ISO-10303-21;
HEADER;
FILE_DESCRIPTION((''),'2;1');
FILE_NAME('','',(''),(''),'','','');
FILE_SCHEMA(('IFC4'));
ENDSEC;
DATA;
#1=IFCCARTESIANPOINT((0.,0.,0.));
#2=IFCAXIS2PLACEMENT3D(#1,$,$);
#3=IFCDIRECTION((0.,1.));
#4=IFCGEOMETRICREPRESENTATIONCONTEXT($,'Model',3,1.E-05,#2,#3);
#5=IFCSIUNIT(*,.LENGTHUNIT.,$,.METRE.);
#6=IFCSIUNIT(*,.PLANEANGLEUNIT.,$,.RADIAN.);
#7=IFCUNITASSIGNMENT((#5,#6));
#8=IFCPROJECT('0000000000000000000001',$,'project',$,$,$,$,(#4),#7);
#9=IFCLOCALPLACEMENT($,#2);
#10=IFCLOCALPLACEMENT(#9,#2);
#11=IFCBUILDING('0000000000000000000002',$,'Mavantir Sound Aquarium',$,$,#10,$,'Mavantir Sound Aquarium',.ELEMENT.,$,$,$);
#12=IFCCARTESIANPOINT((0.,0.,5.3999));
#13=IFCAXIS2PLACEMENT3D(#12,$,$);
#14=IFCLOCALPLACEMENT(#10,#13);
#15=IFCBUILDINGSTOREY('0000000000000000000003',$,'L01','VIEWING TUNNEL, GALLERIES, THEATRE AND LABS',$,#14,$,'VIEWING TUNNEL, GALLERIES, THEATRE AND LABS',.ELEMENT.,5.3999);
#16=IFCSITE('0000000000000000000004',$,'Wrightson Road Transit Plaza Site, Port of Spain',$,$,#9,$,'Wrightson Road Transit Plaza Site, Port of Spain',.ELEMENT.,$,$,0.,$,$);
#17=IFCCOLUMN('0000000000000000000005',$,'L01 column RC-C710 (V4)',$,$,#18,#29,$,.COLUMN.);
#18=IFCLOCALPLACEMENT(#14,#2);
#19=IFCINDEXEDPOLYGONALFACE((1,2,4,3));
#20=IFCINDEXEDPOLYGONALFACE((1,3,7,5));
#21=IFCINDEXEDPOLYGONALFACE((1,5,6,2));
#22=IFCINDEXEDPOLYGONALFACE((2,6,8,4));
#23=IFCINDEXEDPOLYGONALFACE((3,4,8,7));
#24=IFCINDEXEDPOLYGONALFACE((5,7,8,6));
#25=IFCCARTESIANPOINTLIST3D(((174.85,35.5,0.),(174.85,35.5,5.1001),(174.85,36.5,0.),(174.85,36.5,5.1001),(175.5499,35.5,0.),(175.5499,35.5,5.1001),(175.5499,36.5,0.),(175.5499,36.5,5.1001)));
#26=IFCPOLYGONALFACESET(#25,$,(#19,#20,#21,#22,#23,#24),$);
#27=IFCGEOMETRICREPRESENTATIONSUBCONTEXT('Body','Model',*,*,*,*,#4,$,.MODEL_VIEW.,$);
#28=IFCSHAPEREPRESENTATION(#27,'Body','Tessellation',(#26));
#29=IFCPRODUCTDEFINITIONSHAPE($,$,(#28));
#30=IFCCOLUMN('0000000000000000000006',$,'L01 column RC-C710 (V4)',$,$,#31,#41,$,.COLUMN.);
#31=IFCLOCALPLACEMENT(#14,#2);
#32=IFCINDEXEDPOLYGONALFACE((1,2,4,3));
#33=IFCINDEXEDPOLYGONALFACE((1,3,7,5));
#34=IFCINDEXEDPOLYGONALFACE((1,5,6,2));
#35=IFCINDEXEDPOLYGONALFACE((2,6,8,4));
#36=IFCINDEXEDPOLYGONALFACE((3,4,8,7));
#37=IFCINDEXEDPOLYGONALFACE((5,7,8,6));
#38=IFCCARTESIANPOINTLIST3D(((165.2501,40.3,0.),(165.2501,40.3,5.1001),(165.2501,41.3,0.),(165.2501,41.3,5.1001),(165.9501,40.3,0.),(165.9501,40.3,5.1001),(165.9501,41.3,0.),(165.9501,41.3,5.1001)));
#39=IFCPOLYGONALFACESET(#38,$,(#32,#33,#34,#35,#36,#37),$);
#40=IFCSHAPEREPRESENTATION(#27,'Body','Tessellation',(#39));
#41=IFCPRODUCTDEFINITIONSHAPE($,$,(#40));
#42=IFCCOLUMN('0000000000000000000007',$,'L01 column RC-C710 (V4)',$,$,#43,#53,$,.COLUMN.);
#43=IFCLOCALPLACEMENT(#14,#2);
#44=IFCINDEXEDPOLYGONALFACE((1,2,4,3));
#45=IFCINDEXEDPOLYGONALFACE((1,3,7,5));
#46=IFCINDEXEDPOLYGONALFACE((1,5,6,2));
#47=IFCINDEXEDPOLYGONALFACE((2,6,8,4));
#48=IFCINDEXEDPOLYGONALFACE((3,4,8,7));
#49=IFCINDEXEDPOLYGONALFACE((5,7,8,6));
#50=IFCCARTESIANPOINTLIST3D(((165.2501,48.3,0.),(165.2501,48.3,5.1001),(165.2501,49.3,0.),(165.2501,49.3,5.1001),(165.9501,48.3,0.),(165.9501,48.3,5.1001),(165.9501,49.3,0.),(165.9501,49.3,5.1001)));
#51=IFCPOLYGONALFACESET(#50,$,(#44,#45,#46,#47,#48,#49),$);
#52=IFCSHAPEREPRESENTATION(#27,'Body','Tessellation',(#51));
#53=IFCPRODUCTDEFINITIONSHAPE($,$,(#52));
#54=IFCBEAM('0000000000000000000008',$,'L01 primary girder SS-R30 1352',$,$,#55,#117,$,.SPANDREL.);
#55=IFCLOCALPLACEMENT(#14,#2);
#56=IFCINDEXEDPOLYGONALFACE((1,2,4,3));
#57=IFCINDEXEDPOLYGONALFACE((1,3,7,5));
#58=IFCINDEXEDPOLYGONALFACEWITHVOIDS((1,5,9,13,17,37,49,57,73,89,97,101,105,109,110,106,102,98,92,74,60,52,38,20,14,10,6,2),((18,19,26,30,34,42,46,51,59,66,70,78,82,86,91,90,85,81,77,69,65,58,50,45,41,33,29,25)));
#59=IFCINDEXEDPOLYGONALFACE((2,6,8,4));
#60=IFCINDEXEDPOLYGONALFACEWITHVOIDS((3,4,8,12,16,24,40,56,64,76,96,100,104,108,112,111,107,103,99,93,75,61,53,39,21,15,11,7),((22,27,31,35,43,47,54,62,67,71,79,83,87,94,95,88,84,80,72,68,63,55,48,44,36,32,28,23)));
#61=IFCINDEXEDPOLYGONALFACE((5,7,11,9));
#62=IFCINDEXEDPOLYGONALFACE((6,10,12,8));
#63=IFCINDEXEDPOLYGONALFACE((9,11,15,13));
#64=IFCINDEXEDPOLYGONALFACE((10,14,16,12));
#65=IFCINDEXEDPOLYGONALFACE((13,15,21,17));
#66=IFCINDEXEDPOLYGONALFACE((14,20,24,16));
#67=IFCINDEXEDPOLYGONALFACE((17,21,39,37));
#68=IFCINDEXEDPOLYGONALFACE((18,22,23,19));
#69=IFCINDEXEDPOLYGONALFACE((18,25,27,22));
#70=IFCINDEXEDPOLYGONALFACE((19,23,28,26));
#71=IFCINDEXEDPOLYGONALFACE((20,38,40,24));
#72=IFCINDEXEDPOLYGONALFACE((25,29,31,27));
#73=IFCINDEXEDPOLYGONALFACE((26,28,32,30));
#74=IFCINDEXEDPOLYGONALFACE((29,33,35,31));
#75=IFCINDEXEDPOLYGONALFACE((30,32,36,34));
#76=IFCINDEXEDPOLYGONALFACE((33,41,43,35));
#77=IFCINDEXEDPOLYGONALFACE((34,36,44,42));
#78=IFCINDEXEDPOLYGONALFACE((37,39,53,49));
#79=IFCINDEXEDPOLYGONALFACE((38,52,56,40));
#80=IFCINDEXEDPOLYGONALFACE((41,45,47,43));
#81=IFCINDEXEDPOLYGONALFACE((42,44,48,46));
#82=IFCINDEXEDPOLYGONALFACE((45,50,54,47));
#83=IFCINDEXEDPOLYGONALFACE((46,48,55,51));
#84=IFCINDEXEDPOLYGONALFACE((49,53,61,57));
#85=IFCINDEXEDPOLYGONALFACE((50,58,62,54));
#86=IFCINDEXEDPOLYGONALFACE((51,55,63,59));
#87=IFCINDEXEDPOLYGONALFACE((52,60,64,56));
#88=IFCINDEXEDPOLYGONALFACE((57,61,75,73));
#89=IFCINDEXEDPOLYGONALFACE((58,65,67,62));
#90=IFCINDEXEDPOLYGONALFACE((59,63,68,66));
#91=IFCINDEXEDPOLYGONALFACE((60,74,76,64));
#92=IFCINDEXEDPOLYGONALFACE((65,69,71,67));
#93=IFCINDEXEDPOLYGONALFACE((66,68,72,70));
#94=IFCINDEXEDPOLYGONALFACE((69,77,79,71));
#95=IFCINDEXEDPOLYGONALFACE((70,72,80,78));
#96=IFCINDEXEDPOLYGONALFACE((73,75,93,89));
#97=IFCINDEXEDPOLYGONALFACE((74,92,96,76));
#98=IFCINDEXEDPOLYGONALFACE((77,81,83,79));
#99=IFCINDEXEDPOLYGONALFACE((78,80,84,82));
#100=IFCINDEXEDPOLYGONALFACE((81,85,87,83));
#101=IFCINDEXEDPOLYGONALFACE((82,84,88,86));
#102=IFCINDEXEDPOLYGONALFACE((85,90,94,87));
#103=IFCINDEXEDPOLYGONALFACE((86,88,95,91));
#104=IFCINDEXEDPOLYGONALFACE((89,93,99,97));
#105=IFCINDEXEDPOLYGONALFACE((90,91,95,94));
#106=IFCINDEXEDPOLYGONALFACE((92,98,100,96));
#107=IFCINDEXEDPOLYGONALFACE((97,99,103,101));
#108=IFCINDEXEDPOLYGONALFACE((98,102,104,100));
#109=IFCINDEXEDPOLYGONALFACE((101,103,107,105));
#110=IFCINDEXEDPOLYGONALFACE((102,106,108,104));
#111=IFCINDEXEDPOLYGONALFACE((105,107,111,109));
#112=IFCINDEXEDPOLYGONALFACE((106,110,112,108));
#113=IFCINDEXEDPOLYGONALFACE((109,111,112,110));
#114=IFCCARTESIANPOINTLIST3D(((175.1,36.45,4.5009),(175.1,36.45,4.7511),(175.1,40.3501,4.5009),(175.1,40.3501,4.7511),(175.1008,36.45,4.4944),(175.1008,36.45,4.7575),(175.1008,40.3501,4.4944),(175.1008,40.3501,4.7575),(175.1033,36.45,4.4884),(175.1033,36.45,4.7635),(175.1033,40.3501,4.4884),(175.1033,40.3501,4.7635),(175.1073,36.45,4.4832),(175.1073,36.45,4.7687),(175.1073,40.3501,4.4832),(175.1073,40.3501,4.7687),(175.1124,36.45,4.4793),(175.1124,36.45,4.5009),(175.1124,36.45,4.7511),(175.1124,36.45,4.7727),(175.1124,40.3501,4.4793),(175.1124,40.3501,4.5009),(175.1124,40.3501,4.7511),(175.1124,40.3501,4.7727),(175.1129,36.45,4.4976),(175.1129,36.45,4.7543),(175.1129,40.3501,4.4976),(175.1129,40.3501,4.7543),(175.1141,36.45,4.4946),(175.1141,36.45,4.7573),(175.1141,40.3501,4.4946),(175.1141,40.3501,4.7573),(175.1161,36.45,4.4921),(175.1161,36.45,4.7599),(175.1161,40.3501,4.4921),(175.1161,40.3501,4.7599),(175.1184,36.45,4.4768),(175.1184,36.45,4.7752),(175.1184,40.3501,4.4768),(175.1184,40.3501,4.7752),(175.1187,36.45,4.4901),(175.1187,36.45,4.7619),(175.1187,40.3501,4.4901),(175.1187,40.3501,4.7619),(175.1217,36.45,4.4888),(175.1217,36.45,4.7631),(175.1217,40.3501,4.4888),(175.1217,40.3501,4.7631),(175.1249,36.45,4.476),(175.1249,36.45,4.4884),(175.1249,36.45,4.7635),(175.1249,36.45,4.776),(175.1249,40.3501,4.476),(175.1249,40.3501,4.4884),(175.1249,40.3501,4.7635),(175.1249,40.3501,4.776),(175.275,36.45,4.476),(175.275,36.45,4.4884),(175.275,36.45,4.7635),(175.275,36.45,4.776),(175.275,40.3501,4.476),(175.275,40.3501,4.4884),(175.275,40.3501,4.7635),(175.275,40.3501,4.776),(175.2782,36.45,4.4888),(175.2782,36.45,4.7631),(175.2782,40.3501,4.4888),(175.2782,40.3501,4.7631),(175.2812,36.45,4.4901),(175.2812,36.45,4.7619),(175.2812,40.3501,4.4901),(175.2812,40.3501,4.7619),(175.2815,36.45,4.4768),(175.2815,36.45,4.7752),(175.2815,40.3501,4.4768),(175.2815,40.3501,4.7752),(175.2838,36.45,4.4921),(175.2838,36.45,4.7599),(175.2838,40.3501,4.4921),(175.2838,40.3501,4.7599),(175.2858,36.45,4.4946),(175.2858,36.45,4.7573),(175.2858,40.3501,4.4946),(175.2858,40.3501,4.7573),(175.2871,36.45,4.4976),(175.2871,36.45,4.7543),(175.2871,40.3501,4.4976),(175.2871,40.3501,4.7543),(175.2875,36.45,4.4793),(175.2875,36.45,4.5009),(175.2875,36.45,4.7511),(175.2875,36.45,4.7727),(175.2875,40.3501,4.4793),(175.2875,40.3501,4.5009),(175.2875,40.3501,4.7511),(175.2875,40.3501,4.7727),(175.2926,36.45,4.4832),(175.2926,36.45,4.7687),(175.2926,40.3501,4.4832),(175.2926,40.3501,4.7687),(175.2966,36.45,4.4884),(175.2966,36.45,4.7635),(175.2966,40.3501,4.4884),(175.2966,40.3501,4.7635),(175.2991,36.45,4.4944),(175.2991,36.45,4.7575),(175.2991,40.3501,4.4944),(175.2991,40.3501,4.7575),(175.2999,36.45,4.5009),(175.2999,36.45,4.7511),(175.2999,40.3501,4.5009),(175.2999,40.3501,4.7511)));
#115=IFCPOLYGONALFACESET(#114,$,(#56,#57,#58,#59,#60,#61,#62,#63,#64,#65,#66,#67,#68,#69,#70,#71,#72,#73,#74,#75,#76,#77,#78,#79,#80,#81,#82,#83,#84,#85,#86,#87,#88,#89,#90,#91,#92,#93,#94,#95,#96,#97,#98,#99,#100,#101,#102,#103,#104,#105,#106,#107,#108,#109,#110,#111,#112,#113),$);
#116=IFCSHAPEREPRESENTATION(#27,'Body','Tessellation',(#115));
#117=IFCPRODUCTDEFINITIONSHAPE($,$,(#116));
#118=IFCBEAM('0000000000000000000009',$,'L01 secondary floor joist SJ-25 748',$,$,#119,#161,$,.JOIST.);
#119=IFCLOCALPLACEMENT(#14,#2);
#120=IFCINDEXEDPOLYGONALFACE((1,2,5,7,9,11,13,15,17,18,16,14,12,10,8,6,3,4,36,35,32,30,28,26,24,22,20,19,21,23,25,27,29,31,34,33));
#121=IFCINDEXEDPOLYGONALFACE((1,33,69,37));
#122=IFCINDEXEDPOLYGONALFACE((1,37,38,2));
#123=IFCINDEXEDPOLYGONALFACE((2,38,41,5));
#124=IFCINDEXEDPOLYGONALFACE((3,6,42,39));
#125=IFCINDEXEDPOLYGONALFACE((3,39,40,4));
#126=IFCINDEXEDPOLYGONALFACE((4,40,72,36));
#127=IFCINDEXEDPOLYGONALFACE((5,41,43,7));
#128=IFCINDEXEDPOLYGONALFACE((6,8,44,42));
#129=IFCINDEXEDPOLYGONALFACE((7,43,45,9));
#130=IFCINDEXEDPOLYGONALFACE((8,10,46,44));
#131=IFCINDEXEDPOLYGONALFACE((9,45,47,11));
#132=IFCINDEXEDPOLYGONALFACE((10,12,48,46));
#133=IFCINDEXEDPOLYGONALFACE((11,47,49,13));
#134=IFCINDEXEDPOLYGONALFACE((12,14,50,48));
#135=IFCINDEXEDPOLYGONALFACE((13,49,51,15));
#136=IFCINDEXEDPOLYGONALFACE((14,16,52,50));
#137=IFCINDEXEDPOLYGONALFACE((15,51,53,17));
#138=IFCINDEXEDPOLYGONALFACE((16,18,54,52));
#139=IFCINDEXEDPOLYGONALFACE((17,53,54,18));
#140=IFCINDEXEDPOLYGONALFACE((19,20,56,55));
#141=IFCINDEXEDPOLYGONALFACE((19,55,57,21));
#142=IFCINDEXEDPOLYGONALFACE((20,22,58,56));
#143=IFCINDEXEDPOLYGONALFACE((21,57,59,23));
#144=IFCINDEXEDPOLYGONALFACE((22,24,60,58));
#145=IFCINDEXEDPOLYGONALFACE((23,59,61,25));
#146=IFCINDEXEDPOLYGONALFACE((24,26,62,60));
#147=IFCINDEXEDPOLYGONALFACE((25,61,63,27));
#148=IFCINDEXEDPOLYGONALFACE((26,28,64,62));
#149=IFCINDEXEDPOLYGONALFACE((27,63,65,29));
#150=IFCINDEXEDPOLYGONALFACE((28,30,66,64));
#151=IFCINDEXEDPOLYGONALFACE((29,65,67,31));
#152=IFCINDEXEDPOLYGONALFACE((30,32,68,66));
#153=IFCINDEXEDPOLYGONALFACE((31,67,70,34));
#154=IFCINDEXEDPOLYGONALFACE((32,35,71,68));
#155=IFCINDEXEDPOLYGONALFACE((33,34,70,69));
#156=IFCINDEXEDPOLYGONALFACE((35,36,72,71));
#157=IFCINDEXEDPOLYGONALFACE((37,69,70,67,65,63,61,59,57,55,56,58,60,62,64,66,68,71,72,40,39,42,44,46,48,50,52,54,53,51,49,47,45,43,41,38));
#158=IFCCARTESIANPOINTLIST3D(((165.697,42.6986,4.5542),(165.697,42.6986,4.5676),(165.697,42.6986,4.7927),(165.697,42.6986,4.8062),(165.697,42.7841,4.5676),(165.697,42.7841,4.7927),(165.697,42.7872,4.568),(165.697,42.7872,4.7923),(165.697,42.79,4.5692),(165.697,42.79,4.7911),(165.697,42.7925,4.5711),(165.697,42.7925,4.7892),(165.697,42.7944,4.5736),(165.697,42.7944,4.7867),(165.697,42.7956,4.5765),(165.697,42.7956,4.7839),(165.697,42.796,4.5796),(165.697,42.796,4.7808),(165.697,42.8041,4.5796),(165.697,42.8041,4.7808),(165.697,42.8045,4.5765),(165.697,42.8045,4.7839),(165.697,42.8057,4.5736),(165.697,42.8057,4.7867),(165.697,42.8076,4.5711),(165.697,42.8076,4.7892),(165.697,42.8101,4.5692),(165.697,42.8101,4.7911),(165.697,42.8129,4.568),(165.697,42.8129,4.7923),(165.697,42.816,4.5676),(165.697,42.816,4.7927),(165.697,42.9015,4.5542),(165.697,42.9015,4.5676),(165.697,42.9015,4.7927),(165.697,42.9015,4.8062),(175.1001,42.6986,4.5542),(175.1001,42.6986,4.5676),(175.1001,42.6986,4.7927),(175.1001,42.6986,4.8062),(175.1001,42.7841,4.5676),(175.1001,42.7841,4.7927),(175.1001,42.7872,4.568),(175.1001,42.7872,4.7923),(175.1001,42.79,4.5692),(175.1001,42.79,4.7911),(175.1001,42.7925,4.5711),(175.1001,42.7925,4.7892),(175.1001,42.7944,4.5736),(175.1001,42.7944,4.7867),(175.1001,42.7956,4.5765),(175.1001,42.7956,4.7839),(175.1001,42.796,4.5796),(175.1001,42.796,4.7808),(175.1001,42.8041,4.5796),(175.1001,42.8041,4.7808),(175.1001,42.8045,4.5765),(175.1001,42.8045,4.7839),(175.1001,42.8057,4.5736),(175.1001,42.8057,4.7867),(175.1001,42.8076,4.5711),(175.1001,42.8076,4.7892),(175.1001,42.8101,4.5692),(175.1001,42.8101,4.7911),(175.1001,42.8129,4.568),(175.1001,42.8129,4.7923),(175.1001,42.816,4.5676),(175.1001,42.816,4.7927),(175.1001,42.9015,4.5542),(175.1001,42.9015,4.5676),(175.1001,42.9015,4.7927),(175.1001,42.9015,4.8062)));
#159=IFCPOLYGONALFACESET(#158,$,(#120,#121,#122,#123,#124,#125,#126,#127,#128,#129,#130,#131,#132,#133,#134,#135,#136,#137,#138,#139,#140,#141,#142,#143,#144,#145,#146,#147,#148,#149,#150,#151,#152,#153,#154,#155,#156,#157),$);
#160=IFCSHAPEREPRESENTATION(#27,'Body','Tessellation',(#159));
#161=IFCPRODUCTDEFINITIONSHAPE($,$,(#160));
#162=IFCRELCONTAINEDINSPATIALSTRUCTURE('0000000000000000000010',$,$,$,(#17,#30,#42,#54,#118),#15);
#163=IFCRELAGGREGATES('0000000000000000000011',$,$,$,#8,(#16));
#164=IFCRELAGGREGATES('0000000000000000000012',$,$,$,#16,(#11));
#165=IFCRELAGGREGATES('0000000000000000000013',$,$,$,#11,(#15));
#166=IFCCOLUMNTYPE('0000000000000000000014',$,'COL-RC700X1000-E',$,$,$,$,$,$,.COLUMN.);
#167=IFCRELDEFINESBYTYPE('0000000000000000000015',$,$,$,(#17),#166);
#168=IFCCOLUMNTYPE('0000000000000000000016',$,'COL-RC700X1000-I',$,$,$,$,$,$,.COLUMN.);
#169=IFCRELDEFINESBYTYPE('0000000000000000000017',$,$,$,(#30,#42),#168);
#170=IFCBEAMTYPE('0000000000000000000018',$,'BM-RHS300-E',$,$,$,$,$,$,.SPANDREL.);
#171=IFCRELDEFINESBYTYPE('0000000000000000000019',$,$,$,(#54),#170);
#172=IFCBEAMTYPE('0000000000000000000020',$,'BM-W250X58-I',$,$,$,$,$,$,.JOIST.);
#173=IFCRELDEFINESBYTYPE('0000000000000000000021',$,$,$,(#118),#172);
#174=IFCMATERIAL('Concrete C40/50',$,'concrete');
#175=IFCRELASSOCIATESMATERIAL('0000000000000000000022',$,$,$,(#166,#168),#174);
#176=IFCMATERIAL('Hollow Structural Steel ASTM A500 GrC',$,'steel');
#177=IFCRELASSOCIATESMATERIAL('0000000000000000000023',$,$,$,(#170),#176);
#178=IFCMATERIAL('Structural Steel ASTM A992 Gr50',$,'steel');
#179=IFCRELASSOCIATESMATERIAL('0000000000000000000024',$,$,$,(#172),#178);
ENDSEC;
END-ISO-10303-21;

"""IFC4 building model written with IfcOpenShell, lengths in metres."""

from ifc_helpers import new_model, si_unit, direction, frame, origin, origin_2d, place, context, subcontext, project, spatial, rectangle, hollow_rectangle, i_section, extrude, material, material_profile, profile_set, type_object, element, save


model = new_model("IFC4")

# Units and contexts
model_context = context("Model", 3, precision=1e-05, world=origin(), true_north=direction((0.0, 1.0)))
body_context = subcontext(model_context, "Body", "Model", "MODEL_VIEW")
ifc_project = project(units=[si_unit("LENGTHUNIT", "METRE"), si_unit("PLANEANGLEUNIT", "RADIAN")], contexts=[model_context])

# Site, building, storey
site_placement = place(None, origin())
site = spatial("IfcSite", under=ifc_project, at=site_placement, Name="Wrightson Road Transit Plaza Site, Port of Spain", LongName="Wrightson Road Transit Plaza Site, Port of Spain", CompositionType="ELEMENT", RefElevation=0.0)
building_placement = place(site_placement, origin())
building = spatial("IfcBuilding", under=site, at=building_placement, Name="Mavantir Sound Aquarium", LongName="Mavantir Sound Aquarium", CompositionType="ELEMENT")
storey_placement = place(building_placement, frame((0.0, 0.0, 5.3999)))
storey = spatial("IfcBuildingStorey", under=building, at=storey_placement, Name="L01", Description="VIEWING TUNNEL, GALLERIES, THEATRE AND LABS", LongName="VIEWING TUNNEL, GALLERIES, THEATRE AND LABS", CompositionType="ELEMENT", Elevation=5.3999)

# Columns
ifc_material_1 = material(Name="Concrete C40/50", Category="concrete")
ifc_material_profile_1 = material_profile(ifc_material_1, rectangle(XDim=0.7, YDim=1.0, at=origin_2d()), Name="RC 700X1000")
ifc_profile_set_1 = profile_set([ifc_material_profile_1], Name="Concrete C40/50")
column_type_1 = type_object("IfcColumnType", Name="COL-RC700X1000-E", PredefinedType="COLUMN", material=ifc_profile_set_1)
column_placement = place(storey_placement, frame((175.2, 36.0, 0.0), z_axis=(0.0, 0.0, 1.0), x_axis=(1.0, 0.0, 0.0)))
element("IfcColumn", 1, at=column_placement, inside=storey, type_object=column_type_1, Name="L01 column RC-C710 (V4)", PredefinedType="COLUMN", context=body_context, shape_type="SweptSolid", body=[
    extrude(rectangle(XDim=0.7, YDim=1.0, at=origin_2d()), origin(), (0.0, 0.0, 1.0), 5.1001),
])
ifc_material_profile_2 = material_profile(ifc_material_1, rectangle(XDim=0.7, YDim=1.0, at=origin_2d()), Name="RC 700X1000")
ifc_profile_set_2 = profile_set([ifc_material_profile_2], Name="Concrete C40/50")
column_type_2 = type_object("IfcColumnType", Name="COL-RC700X1000-I", PredefinedType="COLUMN", material=ifc_profile_set_2)
for number, where, z_axis, x_axis, name in (
    (2, (165.6001, 40.8, 0.0), (0.0, 0.0, 1.0), (1.0, 0.0, 0.0), "L01 column RC-C710 (V4)"),
    (3, (165.6001, 48.8, 0.0), (0.0, 0.0, 1.0), (1.0, 0.0, 0.0), "L01 column RC-C710 (V4)"),
):
    element("IfcColumn", number, at=place(storey_placement, frame(where, z_axis=z_axis, x_axis=x_axis)), inside=storey, type_object=column_type_2, Name=name, PredefinedType="COLUMN", context=body_context, shape_type="SweptSolid", body=[
        extrude(rectangle(XDim=0.7, YDim=1.0, at=origin_2d()), origin(), (0.0, 0.0, 1.0), 5.1001),
    ])

# Beams
ifc_material_2 = material(Name="Hollow Structural Steel ASTM A500 GrC", Category="steel")
ifc_material_profile_3 = material_profile(ifc_material_2, hollow_rectangle(XDim=0.2, YDim=0.3, WallThickness=0.0125, InnerFilletRadius=0.0125, OuterFilletRadius=0.0249, at=origin_2d()), Name="RHS 300X200X12.5")
ifc_profile_set_3 = profile_set([ifc_material_profile_3], Name="Hollow Structural Steel ASTM A500 GrC")
beam_type_1 = type_object("IfcBeamType", Name="BM-RHS300-E", PredefinedType="SPANDREL", material=ifc_profile_set_3)
beam_1_placement = place(storey_placement, frame((175.2, 36.45, 4.626), z_axis=(0.0, 1.0, 0.0), x_axis=(-1.0, 0.0, 0.0)))
element("IfcBeam", 4, at=beam_1_placement, inside=storey, type_object=beam_type_1, Name="L01 primary girder SS-R30 1352", PredefinedType="SPANDREL", context=body_context, shape_type="SweptSolid", body=[
    extrude(hollow_rectangle(XDim=0.2, YDim=0.3, WallThickness=0.0125, InnerFilletRadius=0.0125, OuterFilletRadius=0.0249, at=origin_2d()), origin(), (0.0, 0.0, 1.0), 3.9001),
])
ifc_material_3 = material(Name="Structural Steel ASTM A992 Gr50", Category="steel")
ifc_material_profile_4 = material_profile(ifc_material_3, i_section(OverallWidth=0.2029, OverallDepth=0.252, WebThickness=0.0081, FlangeThickness=0.0134, FilletRadius=0.012, at=origin_2d()), Name="W250X58")
ifc_profile_set_4 = profile_set([ifc_material_profile_4], Name="Structural Steel ASTM A992 Gr50")
beam_type_2 = type_object("IfcBeamType", Name="BM-W250X58-I", PredefinedType="JOIST", material=ifc_profile_set_4)
beam_2_placement = place(storey_placement, frame((165.697, 42.8, 4.6802), z_axis=(1.0, 0.0, 0.0), x_axis=(0.0, 1.0, 0.0)))
element("IfcBeam", 5, at=beam_2_placement, inside=storey, type_object=beam_type_2, Name="L01 secondary floor joist SJ-25 748", PredefinedType="JOIST", context=body_context, shape_type="SweptSolid", body=[
    extrude(i_section(OverallWidth=0.2029, OverallDepth=0.252, WebThickness=0.0081, FlangeThickness=0.0134, FilletRadius=0.012, at=origin_2d()), origin(), (0.0, 0.0, 1.0), 9.4031),
])

save(model, "model.ifc")
